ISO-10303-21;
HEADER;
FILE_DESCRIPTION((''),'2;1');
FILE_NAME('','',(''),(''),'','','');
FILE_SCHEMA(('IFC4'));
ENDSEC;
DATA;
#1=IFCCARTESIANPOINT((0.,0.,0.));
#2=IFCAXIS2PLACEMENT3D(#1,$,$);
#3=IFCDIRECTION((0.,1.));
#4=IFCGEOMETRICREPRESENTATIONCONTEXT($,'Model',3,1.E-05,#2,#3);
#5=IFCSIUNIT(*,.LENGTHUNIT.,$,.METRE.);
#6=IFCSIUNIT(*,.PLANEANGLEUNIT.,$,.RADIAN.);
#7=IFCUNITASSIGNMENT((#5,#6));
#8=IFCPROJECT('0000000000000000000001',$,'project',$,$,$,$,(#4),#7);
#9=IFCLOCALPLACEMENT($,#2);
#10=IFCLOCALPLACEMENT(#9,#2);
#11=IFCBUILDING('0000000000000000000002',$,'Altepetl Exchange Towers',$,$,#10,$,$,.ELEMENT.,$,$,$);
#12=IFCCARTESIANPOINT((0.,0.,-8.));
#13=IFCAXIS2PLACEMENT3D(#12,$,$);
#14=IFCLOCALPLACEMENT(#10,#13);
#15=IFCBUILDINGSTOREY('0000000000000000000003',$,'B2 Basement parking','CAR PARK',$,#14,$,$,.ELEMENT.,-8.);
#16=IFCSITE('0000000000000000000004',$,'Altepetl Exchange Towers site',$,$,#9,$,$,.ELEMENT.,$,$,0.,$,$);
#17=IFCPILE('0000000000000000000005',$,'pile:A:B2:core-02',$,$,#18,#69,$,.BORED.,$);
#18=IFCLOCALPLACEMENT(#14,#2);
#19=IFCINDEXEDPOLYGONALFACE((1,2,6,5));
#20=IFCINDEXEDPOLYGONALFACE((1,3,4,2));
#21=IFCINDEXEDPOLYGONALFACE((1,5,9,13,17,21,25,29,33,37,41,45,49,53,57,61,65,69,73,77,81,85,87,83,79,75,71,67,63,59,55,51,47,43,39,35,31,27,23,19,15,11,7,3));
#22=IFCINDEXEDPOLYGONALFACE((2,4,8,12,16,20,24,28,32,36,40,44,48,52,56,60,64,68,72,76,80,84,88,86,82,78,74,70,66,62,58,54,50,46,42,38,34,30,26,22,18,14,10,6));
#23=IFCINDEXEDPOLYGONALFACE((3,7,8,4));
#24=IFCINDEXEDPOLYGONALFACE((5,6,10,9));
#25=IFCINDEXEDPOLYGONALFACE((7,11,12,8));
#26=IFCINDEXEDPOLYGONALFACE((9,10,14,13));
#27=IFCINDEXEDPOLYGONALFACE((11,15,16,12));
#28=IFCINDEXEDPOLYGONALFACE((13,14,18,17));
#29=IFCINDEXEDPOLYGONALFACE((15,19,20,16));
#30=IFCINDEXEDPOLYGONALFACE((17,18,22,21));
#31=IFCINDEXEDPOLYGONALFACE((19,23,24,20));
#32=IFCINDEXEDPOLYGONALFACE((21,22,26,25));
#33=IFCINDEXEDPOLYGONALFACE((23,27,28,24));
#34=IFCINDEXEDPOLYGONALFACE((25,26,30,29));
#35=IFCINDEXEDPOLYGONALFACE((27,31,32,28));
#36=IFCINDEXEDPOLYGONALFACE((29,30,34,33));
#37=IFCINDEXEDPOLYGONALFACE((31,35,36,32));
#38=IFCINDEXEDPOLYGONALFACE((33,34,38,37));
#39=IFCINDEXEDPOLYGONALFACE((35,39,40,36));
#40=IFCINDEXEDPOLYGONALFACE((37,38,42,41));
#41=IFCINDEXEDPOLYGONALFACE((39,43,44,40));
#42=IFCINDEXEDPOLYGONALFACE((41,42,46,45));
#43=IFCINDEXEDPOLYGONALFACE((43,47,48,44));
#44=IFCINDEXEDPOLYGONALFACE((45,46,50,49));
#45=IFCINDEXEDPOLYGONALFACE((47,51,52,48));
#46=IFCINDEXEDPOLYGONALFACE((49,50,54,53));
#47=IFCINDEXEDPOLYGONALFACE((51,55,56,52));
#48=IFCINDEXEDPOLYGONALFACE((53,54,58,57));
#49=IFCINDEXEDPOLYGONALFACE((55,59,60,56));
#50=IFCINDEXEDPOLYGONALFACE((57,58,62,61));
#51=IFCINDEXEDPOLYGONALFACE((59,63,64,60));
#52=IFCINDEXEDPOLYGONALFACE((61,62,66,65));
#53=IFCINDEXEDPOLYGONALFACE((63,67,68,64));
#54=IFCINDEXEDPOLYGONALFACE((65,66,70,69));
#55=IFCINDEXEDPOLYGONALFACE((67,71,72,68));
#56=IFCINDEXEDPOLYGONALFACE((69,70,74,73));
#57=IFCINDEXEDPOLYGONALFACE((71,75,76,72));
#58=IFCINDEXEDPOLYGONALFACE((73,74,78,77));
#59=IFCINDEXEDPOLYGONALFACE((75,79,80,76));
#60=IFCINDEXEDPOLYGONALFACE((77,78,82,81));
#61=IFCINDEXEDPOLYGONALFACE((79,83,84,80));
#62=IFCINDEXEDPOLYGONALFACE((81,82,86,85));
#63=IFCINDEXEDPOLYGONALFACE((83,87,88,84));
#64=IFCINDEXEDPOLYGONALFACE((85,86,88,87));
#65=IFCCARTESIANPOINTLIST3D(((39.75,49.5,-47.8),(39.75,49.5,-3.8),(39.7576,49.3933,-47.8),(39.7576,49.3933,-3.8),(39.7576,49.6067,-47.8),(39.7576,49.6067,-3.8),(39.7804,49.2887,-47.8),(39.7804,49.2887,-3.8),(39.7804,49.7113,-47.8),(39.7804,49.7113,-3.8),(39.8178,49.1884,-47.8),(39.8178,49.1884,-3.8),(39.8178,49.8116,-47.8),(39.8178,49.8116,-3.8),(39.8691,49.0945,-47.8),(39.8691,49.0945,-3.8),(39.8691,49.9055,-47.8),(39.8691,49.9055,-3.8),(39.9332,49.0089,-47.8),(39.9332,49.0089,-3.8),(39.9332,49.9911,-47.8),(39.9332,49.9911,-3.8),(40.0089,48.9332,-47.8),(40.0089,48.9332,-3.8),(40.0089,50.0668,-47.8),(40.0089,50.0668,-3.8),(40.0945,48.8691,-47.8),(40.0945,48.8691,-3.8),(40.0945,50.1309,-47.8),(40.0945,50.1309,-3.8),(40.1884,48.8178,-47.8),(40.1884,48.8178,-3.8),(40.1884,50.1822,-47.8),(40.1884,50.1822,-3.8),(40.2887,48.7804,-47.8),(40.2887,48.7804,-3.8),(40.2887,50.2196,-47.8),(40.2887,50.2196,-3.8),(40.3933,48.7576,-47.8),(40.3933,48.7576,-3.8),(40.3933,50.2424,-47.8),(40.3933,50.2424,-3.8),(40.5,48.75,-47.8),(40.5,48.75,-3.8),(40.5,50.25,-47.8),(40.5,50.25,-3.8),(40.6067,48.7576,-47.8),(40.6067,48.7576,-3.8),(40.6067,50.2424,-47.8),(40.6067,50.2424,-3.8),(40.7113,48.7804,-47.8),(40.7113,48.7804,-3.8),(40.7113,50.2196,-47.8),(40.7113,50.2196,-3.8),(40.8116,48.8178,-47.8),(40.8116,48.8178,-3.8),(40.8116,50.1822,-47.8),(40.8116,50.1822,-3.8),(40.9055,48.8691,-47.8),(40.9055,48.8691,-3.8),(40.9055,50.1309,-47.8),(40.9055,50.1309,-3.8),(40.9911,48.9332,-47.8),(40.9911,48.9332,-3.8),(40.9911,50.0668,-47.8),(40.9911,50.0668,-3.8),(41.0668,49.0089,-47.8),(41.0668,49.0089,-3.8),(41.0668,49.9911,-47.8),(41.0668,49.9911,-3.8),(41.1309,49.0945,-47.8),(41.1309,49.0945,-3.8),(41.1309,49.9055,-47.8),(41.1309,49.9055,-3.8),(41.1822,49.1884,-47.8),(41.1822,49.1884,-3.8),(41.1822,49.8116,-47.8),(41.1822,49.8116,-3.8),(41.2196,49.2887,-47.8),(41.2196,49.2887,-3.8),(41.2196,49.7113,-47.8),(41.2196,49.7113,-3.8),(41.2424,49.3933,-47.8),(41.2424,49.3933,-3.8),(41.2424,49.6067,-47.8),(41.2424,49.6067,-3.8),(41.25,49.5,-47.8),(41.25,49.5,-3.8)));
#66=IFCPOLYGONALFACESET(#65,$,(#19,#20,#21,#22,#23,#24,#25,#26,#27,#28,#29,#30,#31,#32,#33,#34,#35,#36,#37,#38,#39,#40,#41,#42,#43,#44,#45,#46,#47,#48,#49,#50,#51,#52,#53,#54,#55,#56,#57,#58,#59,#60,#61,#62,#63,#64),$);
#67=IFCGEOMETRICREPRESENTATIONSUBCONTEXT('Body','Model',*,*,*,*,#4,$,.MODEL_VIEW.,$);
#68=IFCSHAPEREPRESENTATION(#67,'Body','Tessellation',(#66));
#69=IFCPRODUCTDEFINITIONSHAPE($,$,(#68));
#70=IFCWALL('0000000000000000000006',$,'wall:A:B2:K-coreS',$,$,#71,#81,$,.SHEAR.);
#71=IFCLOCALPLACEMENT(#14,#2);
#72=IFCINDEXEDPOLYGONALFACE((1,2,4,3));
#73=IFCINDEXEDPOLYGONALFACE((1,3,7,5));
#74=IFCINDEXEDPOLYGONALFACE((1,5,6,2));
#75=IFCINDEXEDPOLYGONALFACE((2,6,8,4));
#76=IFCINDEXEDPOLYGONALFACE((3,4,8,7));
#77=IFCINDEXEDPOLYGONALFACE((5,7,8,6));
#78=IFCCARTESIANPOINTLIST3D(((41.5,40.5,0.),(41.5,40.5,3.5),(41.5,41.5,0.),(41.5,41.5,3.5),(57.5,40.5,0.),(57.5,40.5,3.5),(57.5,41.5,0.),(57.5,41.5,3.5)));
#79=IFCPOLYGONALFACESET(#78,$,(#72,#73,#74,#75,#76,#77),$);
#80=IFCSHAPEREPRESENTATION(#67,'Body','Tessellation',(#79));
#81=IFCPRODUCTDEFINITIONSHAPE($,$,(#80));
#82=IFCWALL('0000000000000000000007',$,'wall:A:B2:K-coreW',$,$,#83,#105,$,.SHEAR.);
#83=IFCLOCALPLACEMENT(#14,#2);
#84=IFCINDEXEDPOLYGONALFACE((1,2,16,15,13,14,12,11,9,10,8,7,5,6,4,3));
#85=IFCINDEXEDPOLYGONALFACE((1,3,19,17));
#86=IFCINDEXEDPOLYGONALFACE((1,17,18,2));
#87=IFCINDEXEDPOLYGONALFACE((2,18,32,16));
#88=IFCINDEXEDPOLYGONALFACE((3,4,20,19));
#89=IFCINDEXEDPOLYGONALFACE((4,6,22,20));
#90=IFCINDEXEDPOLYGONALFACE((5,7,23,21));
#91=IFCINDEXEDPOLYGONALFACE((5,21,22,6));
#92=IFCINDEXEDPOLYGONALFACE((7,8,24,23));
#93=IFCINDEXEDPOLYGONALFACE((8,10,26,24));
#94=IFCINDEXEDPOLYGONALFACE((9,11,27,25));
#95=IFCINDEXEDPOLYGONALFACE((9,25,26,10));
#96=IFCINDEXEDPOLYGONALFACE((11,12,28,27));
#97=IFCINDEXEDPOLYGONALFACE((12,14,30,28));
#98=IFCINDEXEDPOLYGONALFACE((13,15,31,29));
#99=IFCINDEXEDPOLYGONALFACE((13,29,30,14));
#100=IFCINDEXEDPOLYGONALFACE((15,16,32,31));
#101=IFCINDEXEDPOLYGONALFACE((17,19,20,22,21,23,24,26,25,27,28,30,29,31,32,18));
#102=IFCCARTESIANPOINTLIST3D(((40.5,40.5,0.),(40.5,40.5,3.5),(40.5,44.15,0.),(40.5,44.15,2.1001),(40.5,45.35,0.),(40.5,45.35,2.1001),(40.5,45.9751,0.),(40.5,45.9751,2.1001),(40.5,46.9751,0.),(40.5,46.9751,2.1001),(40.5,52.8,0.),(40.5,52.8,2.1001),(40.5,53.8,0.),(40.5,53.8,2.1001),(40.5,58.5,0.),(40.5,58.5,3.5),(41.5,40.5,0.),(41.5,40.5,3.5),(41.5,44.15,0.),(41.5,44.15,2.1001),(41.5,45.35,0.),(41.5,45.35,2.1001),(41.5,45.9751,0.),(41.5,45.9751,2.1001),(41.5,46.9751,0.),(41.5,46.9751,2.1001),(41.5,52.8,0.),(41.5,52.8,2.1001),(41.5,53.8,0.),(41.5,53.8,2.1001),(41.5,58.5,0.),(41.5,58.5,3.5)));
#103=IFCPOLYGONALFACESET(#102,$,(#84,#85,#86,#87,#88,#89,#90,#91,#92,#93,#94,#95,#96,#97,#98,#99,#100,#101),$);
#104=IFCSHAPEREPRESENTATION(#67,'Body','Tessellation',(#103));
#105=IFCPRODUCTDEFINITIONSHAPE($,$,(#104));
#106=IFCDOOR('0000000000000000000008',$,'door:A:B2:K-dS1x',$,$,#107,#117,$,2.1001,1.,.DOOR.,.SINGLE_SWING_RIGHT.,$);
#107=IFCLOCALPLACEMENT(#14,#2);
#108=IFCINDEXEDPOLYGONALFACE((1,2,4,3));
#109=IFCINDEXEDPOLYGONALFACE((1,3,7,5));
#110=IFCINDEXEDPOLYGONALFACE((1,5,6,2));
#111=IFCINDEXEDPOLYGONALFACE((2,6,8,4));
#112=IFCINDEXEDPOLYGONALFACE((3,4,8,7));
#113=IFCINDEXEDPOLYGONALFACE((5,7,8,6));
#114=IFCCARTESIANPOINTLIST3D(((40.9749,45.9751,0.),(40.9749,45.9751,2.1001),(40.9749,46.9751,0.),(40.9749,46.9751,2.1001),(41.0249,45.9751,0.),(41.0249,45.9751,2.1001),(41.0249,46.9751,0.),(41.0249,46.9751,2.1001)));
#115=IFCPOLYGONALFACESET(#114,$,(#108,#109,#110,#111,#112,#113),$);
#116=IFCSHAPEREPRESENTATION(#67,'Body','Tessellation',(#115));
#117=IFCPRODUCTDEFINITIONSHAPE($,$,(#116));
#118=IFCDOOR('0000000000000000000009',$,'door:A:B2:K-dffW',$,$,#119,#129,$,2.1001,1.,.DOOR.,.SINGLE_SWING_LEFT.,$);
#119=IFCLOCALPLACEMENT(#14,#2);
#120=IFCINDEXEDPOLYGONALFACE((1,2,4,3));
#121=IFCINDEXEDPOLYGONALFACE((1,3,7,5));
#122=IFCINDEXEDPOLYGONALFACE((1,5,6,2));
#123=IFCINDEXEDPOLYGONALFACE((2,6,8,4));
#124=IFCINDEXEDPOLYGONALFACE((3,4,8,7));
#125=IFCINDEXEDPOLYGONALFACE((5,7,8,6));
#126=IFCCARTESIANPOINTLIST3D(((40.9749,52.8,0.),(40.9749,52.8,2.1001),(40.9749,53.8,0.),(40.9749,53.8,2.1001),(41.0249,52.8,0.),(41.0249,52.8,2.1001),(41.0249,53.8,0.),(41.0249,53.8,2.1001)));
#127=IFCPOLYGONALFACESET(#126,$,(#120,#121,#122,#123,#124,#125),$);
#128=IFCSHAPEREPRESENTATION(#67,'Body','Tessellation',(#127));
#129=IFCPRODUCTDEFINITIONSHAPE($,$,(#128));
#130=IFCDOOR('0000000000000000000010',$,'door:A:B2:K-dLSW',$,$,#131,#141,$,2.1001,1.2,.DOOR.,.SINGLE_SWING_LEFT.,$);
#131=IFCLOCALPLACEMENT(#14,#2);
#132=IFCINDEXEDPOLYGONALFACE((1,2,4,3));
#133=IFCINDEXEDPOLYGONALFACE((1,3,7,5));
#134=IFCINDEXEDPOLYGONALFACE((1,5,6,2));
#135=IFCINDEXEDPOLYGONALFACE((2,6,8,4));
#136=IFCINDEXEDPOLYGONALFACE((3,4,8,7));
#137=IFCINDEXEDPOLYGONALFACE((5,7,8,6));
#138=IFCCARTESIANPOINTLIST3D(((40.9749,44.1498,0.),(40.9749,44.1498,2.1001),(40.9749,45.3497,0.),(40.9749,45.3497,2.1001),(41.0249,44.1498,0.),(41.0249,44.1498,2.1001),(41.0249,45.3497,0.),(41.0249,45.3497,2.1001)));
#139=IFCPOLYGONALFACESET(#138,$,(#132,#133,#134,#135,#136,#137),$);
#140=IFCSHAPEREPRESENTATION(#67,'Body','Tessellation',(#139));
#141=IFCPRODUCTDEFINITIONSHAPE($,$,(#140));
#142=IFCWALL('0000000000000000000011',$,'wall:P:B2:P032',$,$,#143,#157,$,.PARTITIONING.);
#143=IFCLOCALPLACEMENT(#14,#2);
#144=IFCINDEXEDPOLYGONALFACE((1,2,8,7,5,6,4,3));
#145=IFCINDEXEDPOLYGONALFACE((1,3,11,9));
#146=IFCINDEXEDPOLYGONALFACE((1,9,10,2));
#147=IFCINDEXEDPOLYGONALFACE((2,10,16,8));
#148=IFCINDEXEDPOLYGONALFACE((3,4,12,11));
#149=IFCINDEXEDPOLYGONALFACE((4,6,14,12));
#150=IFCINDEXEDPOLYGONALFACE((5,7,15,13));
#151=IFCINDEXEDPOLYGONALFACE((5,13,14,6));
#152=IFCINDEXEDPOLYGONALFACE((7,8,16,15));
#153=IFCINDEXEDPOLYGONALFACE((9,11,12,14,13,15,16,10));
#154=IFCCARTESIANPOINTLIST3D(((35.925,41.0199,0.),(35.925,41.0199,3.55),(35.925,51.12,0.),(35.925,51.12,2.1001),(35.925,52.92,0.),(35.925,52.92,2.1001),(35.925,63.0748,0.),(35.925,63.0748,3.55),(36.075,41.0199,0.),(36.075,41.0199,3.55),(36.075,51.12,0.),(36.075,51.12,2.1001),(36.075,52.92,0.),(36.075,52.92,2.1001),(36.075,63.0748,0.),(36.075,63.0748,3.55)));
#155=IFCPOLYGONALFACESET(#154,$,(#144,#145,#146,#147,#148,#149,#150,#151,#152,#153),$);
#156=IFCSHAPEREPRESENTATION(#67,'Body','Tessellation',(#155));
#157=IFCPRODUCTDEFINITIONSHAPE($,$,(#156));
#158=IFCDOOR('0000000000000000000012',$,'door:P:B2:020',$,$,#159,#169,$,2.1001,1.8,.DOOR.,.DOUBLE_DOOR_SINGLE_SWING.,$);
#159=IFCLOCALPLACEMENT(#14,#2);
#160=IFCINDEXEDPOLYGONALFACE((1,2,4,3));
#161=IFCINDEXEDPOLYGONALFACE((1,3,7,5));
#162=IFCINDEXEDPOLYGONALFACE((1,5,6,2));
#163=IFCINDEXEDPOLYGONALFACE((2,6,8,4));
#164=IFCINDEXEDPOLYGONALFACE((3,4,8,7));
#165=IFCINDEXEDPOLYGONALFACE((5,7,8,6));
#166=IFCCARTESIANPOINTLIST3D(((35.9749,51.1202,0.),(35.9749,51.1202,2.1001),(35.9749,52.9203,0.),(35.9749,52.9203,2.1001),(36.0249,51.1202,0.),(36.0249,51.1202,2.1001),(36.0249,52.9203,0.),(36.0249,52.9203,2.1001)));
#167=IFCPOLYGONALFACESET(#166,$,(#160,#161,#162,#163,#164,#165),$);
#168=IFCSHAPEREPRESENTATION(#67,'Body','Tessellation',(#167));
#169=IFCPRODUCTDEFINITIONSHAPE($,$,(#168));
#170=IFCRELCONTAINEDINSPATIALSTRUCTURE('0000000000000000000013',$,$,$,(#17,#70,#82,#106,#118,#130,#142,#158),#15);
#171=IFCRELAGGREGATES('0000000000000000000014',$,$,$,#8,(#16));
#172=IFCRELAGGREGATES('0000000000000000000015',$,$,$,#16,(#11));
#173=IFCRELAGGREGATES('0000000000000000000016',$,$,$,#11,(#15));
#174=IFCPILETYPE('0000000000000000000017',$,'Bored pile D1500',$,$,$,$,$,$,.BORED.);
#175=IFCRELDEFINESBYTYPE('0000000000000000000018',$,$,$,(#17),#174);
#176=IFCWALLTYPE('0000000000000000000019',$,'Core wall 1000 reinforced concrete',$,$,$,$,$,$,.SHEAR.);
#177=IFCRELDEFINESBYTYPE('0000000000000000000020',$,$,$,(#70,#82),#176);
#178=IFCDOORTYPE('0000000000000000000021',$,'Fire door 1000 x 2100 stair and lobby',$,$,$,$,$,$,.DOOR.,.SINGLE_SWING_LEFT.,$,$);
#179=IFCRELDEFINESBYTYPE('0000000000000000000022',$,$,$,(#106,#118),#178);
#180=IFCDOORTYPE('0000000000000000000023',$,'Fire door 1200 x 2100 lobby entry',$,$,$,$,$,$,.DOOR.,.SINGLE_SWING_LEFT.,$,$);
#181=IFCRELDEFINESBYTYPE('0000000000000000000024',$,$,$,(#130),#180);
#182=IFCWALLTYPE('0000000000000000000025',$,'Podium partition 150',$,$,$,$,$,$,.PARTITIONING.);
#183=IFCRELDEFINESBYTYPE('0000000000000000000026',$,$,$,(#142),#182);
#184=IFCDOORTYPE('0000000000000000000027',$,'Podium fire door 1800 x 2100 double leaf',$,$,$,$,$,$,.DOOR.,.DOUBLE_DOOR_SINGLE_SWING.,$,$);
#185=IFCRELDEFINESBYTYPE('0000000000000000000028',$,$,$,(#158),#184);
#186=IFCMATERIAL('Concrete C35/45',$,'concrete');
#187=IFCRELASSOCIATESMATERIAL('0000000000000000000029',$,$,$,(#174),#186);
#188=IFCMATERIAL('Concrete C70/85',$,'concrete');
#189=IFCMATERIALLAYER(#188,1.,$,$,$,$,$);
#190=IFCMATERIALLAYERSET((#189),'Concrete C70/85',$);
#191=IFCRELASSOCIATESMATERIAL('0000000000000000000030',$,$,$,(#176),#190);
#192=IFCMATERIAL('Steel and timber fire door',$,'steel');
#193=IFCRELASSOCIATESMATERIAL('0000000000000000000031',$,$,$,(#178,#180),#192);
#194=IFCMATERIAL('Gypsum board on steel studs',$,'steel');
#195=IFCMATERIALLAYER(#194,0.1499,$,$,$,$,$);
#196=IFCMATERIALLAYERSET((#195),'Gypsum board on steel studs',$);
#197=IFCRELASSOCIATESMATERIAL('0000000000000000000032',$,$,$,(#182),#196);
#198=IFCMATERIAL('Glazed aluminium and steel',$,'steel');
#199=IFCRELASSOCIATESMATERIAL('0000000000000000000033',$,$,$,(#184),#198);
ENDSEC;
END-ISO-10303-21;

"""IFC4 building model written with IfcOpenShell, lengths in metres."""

from ifc_helpers import new_model, si_unit, direction, frame, frame_2d, origin, origin_2d, place, context, subcontext, project, spatial, rectangle, circle, extrude, material, layer, layer_set, material_profile, profile_set, type_object, element, fill, save


model = new_model("IFC4")

# Units and contexts
model_context = context("Model", 3, precision=1e-05, world=origin(), true_north=direction((0.0, 1.0)))
body_context = subcontext(model_context, "Body", "Model", "MODEL_VIEW")
ifc_project = project(units=[si_unit("LENGTHUNIT", "METRE"), si_unit("PLANEANGLEUNIT", "RADIAN")], contexts=[model_context])

# Site, building, storey
site_placement = place(None, origin())
site = spatial("IfcSite", under=ifc_project, at=site_placement, Name="Altepetl Exchange Towers site", CompositionType="ELEMENT", RefElevation=0.0)
building_placement = place(site_placement, origin())
building = spatial("IfcBuilding", under=site, at=building_placement, Name="Altepetl Exchange Towers", CompositionType="ELEMENT")
storey_placement = place(building_placement, frame((0.0, 0.0, -8.0)))
storey = spatial("IfcBuildingStorey", under=building, at=storey_placement, Name="B2 Basement parking", Description="CAR PARK", CompositionType="ELEMENT", Elevation=-8.0)

# Pile
ifc_material_1 = material(Name="Concrete C35/45", Category="concrete")
ifc_material_profile = material_profile(ifc_material_1, circle(Radius=0.75, at=origin_2d()), Name="D1500")
ifc_profile_set = profile_set([ifc_material_profile], Name="Concrete C35/45")
pile_type = type_object("IfcPileType", Name="Bored pile D1500", PredefinedType="BORED", material=ifc_profile_set)
for number, where, z_axis, x_axis, name in (
    (1, (40.5, 49.5, -3.8), (0.0, 0.0, -1.0), (1.0, 0.0, 0.0), "pile:A:B2:core-02"),
):
    element("IfcPile", number, at=place(storey_placement, frame(where, z_axis=z_axis, x_axis=x_axis)), inside=storey, type_object=pile_type, Name=name, PredefinedType="BORED", context=body_context, shape_type="SweptSolid", body=[
        extrude(circle(Radius=0.75, at=origin_2d()), origin(), (0.0, 0.0, 1.0), 44.0),
    ])

# Wall
ifc_material_2 = material(Name="Concrete C70/85", Category="concrete")
ifc_layer_1 = layer(ifc_material_2, 1.0)
ifc_layer_set_1 = layer_set([ifc_layer_1], Name="Concrete C70/85")
wall_type_1 = type_object("IfcWallType", Name="Core wall 1000 reinforced concrete", PredefinedType="SHEAR", material=ifc_layer_set_1)
wall_1_placement = place(storey_placement, frame((41.5, 41.0, 0.0)))
element("IfcWall", 2, at=wall_1_placement, inside=storey, type_object=wall_type_1, Name="wall:A:B2:K-coreS", PredefinedType="SHEAR", context=body_context, shape_type="SweptSolid", body=[
    extrude(rectangle(XDim=16.0, YDim=1.0, at=frame_2d((8.0, 0.0))), origin(), (0.0, 0.0, 1.0), 3.5),
])

# Wall, openings, doors
wall_2_placement = place(storey_placement, frame((41.0, 40.5, 0.0), z_axis=(0.0, 0.0, 1.0), x_axis=(0.0, 1.0, 0.0)))
wall_2 = element("IfcWall", 3, at=wall_2_placement, inside=storey, type_object=wall_type_1, Name="wall:A:B2:K-coreW", PredefinedType="SHEAR", context=body_context, shape_type="SweptSolid", body=[
    extrude(rectangle(XDim=18.0, YDim=1.0, at=frame_2d((9.0, 0.0))), origin(), (0.0, 0.0, 1.0), 3.5),
])
opening_1_placement = place(wall_2_placement, frame((3.6499, 0.0, 0.0)))
opening_1 = element("IfcOpeningElement", 4, at=opening_1_placement, cuts=wall_2, PredefinedType="OPENING", context=body_context, shape_type="SweptSolid", body=[
    extrude(rectangle(XDim=1.2, YDim=2.1001, at=frame_2d((0.6001, 1.05))), frame((0.0, 0.51, 0.0), z_axis=(0.0, -1.0, 0.0), x_axis=(1.0, 0.0, 0.0)), (0.0, 0.0, 1.0), 1.02),
])
opening_2_placement = place(wall_2_placement, frame((5.4751, 0.0, 0.0)))
opening_2 = element("IfcOpeningElement", 5, at=opening_2_placement, cuts=wall_2, PredefinedType="OPENING", context=body_context, shape_type="SweptSolid", body=[
    extrude(rectangle(XDim=1.0, YDim=2.1001, at=frame_2d((0.5, 1.05))), frame((0.0, 0.51, 0.0), z_axis=(0.0, -1.0, 0.0), x_axis=(1.0, 0.0, 0.0)), (0.0, 0.0, 1.0), 1.02),
])
opening_3_placement = place(wall_2_placement, frame((12.3, 0.0, 0.0)))
opening_3 = element("IfcOpeningElement", 6, at=opening_3_placement, cuts=wall_2, PredefinedType="OPENING", context=body_context, shape_type="SweptSolid", body=[
    extrude(rectangle(XDim=1.0, YDim=2.1001, at=frame_2d((0.5, 1.05))), frame((0.0, 0.51, 0.0), z_axis=(0.0, -1.0, 0.0), x_axis=(1.0, 0.0, 0.0)), (0.0, 0.0, 1.0), 1.02),
])
ifc_material_3 = material(Name="Steel and timber fire door", Category="steel")
door_type_1 = type_object("IfcDoorType", Name="Fire door 1000 x 2100 stair and lobby", OperationType="SINGLE_SWING_LEFT", PredefinedType="DOOR", material=ifc_material_3)
door_1_placement = place(opening_2_placement, frame((1.0, 0.0, 0.0), x_axis=(-1.0, 0.0, 0.0)))
door_1 = element("IfcDoor", 7, at=door_1_placement, inside=storey, type_object=door_type_1, Name="door:A:B2:K-dS1x", OperationType="SINGLE_SWING_RIGHT", OverallHeight=2.1001, OverallWidth=1.0, PredefinedType="DOOR", context=body_context, shape_type="SweptSolid", body=[
    extrude(rectangle(XDim=1.0, YDim=2.1001, at=frame_2d((0.5, 1.05))), frame((0.0, 0.0249, 0.0), z_axis=(0.0, -1.0, 0.0), x_axis=(1.0, 0.0, 0.0)), (0.0, 0.0, 1.0), 0.05),
])
fill(opening_2, door_1)
door_2_placement = place(opening_3_placement, frame((1.0, 0.0, 0.0), x_axis=(-1.0, 0.0, 0.0)))
door_2 = element("IfcDoor", 8, at=door_2_placement, inside=storey, type_object=door_type_1, Name="door:A:B2:K-dffW", OperationType="SINGLE_SWING_LEFT", OverallHeight=2.1001, OverallWidth=1.0, PredefinedType="DOOR", context=body_context, shape_type="SweptSolid", body=[
    extrude(rectangle(XDim=1.0, YDim=2.1001, at=frame_2d((0.5, 1.05))), frame((0.0, 0.0249, 0.0), z_axis=(0.0, -1.0, 0.0), x_axis=(1.0, 0.0, 0.0)), (0.0, 0.0, 1.0), 0.05),
])
fill(opening_3, door_2)
door_type_2 = type_object("IfcDoorType", Name="Fire door 1200 x 2100 lobby entry", OperationType="SINGLE_SWING_LEFT", PredefinedType="DOOR", material=ifc_material_3)
door_3_placement = place(opening_1_placement, frame((1.2, 0.0, 0.0), x_axis=(-1.0, 0.0, 0.0)))
door_3 = element("IfcDoor", 9, at=door_3_placement, inside=storey, type_object=door_type_2, Name="door:A:B2:K-dLSW", OperationType="SINGLE_SWING_LEFT", OverallHeight=2.1001, OverallWidth=1.2, PredefinedType="DOOR", context=body_context, shape_type="SweptSolid", body=[
    extrude(rectangle(XDim=1.2, YDim=2.1001, at=frame_2d((0.6001, 1.05))), frame((0.0, 0.0249, 0.0), z_axis=(0.0, -1.0, 0.0), x_axis=(1.0, 0.0, 0.0)), (0.0, 0.0, 1.0), 0.05),
])
fill(opening_1, door_3)

# Wall, opening, door
ifc_material_4 = material(Name="Gypsum board on steel studs", Category="steel")
ifc_layer_2 = layer(ifc_material_4, 0.1499)
ifc_layer_set_2 = layer_set([ifc_layer_2], Name="Gypsum board on steel studs")
wall_type_2 = type_object("IfcWallType", Name="Podium partition 150", PredefinedType="PARTITIONING", material=ifc_layer_set_2)
wall_3_placement = place(storey_placement, frame((36.0, 41.02, 0.0), z_axis=(0.0, 0.0, 1.0), x_axis=(0.0, 1.0, 0.0)))
wall_3 = element("IfcWall", 10, at=wall_3_placement, inside=storey, type_object=wall_type_2, Name="wall:P:B2:P032", PredefinedType="PARTITIONING", context=body_context, shape_type="SweptSolid", body=[
    extrude(rectangle(XDim=22.0549, YDim=0.1499, at=frame_2d((11.0273, 0.0))), origin(), (0.0, 0.0, 1.0), 3.55),
])
opening_4_placement = place(wall_3_placement, frame((10.1001, 0.0, 0.0)))
opening_4 = element("IfcOpeningElement", 11, at=opening_4_placement, cuts=wall_3, PredefinedType="OPENING", context=body_context, shape_type="SweptSolid", body=[
    extrude(rectangle(XDim=1.8, YDim=2.1001, at=frame_2d((0.8999, 1.05))), frame((0.0, 0.085, 0.0), z_axis=(0.0, -1.0, 0.0), x_axis=(1.0, 0.0, 0.0)), (0.0, 0.0, 1.0), 0.1699),
])
ifc_material_5 = material(Name="Glazed aluminium and steel", Category="steel")
door_type_3 = type_object("IfcDoorType", Name="Podium fire door 1800 x 2100 double leaf", OperationType="DOUBLE_DOOR_SINGLE_SWING", PredefinedType="DOOR", material=ifc_material_5)
door_4_placement = place(opening_4_placement, frame((1.8, 0.0, 0.0), x_axis=(-1.0, 0.0, 0.0)))
door_4 = element("IfcDoor", 12, at=door_4_placement, inside=storey, type_object=door_type_3, Name="door:P:B2:020", OperationType="DOUBLE_DOOR_SINGLE_SWING", OverallHeight=2.1001, OverallWidth=1.8, PredefinedType="DOOR", context=body_context, shape_type="SweptSolid", body=[
    extrude(rectangle(XDim=1.8, YDim=2.1001, at=frame_2d((0.8999, 1.05))), frame((0.0, 0.0249, 0.0), z_axis=(0.0, -1.0, 0.0), x_axis=(1.0, 0.0, 0.0)), (0.0, 0.0, 1.0), 0.05),
])
fill(opening_4, door_4)

save(model, "model.ifc")
